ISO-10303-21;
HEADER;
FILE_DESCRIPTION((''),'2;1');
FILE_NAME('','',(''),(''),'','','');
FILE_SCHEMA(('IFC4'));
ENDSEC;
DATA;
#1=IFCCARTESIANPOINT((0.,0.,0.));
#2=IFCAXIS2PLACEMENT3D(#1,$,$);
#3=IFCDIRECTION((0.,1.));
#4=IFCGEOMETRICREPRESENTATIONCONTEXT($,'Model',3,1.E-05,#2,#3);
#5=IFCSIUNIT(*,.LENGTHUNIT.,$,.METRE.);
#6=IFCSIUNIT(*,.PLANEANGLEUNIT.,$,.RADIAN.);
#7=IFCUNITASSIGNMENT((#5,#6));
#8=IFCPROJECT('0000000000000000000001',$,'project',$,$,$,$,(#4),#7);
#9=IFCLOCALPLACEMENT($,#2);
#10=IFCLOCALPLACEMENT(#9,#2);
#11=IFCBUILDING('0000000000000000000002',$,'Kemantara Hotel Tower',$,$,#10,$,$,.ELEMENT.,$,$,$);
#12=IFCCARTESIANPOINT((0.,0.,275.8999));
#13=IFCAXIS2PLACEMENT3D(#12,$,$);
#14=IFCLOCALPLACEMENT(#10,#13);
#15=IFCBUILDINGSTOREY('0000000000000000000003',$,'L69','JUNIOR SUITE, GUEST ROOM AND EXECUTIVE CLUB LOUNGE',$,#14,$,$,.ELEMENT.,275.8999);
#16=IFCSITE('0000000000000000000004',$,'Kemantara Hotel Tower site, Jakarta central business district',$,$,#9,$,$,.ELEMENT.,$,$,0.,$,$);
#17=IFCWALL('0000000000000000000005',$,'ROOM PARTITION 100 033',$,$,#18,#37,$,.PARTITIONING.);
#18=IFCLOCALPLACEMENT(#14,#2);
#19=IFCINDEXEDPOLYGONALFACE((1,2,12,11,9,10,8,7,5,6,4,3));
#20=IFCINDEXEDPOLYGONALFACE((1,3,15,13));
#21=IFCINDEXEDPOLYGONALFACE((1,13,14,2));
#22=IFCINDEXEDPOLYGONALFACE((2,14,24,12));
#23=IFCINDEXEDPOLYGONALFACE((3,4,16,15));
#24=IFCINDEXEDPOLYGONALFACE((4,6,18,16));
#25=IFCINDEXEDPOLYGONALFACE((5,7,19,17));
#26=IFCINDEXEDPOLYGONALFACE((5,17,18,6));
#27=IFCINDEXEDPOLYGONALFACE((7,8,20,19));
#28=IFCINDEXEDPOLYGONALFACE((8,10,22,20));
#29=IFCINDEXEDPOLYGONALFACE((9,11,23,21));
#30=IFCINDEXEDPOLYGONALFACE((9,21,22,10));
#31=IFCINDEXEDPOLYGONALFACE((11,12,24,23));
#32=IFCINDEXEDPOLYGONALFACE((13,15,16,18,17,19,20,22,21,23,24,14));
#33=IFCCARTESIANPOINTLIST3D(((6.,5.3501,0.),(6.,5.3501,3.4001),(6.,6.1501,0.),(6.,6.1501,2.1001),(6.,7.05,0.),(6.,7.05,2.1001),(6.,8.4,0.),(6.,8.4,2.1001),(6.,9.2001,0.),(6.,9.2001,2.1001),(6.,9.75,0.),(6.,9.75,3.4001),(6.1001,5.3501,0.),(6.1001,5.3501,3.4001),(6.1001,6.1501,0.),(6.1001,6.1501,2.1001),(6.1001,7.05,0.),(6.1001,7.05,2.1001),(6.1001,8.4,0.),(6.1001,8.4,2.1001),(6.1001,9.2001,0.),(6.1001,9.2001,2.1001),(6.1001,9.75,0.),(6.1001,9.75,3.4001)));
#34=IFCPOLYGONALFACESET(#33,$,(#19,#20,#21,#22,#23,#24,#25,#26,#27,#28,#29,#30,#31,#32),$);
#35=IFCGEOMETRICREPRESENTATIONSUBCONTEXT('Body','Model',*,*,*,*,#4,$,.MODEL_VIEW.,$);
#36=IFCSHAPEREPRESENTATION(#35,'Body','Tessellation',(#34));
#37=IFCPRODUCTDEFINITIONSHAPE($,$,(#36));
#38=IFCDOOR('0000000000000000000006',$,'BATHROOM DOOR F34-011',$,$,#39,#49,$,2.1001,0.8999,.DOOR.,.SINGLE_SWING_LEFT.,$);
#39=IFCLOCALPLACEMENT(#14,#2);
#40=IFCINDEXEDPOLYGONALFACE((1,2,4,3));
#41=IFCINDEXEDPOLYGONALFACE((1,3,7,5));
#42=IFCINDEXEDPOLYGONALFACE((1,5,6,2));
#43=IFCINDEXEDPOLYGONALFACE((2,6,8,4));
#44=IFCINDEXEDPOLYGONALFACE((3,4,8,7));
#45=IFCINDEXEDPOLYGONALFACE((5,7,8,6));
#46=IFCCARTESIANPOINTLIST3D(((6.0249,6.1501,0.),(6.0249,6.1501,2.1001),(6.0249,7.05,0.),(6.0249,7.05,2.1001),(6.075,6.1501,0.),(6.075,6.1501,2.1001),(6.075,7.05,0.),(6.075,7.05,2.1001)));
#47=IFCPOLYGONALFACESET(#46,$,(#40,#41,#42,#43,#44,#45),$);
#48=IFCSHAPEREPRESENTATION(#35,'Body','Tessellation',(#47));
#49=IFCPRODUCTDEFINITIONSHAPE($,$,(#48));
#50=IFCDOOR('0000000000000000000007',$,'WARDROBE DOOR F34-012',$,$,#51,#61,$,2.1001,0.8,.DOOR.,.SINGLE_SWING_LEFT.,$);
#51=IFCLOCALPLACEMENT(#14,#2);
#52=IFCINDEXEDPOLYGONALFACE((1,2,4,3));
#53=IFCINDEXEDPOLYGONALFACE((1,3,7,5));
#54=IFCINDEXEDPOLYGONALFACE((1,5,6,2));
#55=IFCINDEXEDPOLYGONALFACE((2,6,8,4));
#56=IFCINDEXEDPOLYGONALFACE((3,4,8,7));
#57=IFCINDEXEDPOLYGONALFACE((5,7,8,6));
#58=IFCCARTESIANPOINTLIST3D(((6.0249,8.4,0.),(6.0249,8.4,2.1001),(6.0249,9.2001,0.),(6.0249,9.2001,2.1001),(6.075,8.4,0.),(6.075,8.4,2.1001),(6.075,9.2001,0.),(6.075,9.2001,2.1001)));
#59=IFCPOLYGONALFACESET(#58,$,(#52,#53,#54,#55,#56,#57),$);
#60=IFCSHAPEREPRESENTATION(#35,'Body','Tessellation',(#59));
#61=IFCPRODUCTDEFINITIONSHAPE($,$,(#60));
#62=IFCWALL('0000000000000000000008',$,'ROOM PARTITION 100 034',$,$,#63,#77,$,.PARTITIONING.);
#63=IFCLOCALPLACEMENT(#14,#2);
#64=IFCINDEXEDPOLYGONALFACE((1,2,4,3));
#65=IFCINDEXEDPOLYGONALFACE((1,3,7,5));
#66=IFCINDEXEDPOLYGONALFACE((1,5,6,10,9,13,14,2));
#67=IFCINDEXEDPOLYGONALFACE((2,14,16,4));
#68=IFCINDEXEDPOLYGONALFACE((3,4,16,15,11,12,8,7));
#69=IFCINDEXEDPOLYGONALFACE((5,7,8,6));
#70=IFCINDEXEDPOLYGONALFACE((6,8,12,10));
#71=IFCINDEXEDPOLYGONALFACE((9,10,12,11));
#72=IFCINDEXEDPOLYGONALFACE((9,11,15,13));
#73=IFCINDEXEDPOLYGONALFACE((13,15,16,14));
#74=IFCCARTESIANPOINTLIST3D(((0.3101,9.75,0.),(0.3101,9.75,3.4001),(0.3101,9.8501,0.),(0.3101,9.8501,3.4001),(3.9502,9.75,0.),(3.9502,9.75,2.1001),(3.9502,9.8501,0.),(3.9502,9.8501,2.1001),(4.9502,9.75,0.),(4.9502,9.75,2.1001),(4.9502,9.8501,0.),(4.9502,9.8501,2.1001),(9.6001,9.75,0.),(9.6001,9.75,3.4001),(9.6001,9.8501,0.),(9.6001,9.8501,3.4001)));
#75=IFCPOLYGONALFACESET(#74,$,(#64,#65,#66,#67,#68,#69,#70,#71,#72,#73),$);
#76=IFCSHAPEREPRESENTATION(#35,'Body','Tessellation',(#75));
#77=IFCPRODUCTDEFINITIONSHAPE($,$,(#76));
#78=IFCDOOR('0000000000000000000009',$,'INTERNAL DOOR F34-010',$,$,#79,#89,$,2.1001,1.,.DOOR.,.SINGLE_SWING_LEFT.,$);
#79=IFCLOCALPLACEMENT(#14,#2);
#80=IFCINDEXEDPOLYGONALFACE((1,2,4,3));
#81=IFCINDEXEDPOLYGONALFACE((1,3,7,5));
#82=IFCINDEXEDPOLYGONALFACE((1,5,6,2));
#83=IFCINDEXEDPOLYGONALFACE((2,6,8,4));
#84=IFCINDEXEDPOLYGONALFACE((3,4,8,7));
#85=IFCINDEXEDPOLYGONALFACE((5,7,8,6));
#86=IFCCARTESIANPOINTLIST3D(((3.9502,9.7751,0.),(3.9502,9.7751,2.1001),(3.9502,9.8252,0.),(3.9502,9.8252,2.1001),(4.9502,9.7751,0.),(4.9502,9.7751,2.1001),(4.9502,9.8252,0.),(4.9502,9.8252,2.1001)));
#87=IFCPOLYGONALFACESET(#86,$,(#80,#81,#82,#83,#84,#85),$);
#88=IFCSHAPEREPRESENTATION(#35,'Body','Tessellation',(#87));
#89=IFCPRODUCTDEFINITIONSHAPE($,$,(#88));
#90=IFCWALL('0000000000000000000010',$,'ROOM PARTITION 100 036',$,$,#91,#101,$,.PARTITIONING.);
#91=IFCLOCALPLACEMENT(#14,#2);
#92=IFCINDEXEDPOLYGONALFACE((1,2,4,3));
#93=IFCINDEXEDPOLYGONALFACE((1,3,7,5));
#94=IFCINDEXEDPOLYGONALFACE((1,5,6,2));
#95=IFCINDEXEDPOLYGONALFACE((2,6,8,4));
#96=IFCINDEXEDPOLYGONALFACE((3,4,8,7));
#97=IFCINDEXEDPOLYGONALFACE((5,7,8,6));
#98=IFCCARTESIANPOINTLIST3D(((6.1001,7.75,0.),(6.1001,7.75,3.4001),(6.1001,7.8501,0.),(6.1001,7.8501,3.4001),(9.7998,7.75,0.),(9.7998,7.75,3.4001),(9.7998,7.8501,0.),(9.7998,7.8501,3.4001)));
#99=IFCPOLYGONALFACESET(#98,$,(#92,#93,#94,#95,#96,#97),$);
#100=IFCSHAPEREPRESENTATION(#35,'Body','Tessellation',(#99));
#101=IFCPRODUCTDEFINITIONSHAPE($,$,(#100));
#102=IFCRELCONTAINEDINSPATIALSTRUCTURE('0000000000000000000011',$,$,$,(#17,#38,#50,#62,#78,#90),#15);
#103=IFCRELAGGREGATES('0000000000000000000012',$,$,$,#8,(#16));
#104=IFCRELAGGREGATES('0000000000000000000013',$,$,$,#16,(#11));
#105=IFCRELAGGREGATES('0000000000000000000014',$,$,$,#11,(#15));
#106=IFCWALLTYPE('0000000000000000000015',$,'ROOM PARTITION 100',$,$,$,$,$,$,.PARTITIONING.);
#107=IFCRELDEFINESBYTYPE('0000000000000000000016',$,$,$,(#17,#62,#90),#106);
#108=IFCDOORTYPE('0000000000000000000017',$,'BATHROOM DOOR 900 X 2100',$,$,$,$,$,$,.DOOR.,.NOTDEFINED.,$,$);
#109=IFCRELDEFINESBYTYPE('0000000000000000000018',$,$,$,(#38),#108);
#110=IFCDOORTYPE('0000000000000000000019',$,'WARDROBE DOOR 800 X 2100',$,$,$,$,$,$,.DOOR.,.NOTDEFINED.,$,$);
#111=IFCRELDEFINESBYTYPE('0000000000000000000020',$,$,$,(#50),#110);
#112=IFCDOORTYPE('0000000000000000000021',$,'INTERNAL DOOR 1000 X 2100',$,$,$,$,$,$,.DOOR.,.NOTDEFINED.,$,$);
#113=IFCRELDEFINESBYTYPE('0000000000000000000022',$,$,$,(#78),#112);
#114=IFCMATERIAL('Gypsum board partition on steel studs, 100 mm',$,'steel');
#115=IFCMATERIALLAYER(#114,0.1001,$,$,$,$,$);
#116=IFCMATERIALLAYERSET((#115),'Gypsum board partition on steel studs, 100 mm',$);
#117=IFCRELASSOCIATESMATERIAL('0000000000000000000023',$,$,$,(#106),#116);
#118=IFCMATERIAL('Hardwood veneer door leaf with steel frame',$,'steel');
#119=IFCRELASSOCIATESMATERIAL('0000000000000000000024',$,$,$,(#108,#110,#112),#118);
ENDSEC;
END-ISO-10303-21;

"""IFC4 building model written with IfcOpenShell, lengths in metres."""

from ifc_helpers import new_model, si_unit, direction, frame, frame_2d, origin, place, context, subcontext, project, spatial, rectangle, extrude, material, layer, layer_set, type_object, element, fill, save


model = new_model("IFC4")

# Units and contexts
model_context = context("Model", 3, precision=1e-05, world=origin(), true_north=direction((0.0, 1.0)))
body_context = subcontext(model_context, "Body", "Model", "MODEL_VIEW")
ifc_project = project(units=[si_unit("LENGTHUNIT", "METRE"), si_unit("PLANEANGLEUNIT", "RADIAN")], contexts=[model_context])

# Site, building, storey
site_placement = place(None, origin())
site = spatial("IfcSite", under=ifc_project, at=site_placement, Name="Kemantara Hotel Tower site, Jakarta central business district", CompositionType="ELEMENT", RefElevation=0.0)
building_placement = place(site_placement, origin())
building = spatial("IfcBuilding", under=site, at=building_placement, Name="Kemantara Hotel Tower", CompositionType="ELEMENT")
storey_placement = place(building_placement, frame((0.0, 0.0, 275.8999)))
storey = spatial("IfcBuildingStorey", under=building, at=storey_placement, Name="L69", Description="JUNIOR SUITE, GUEST ROOM AND EXECUTIVE CLUB LOUNGE", CompositionType="ELEMENT", Elevation=275.8999)

# Wall, openings, doors
ifc_material_1 = material(Name="Hardwood veneer door leaf with steel frame", Category="steel")
ifc_material_2 = material(Name="Gypsum board partition on steel studs, 100 mm", Category="steel")
ifc_layer_1 = layer(ifc_material_2, 0.1001)
ifc_layer_set_1 = layer_set([ifc_layer_1], Name="Gypsum board partition on steel studs, 100 mm")
wall_type_1 = type_object("IfcWallType", Name="ROOM PARTITION 100", PredefinedType="PARTITIONING", material=ifc_layer_set_1)
wall_1_placement = place(storey_placement, frame((6.05, 9.75, 0.0), z_axis=(0.0, 0.0, 1.0), x_axis=(0.0, -1.0, 0.0)))
wall_1 = element("IfcWall", 1, at=wall_1_placement, inside=storey, type_object=wall_type_1, Name="ROOM PARTITION 100 033", PredefinedType="PARTITIONING", context=body_context, shape_type="SweptSolid", body=[
    extrude(rectangle(XDim=4.3999, YDim=0.1001, at=frame_2d((2.2, 0.0))), origin(), (0.0, 0.0, 1.0), 3.4001),
])
opening_1_placement = place(wall_1_placement, frame((2.7, 0.0, 0.0)))
opening_1 = element("IfcOpeningElement", 2, at=opening_1_placement, cuts=wall_1, PredefinedType="OPENING", context=body_context, shape_type="SweptSolid", body=[
    extrude(rectangle(XDim=0.8999, YDim=2.1001, at=frame_2d((0.45, 1.05))), frame((0.0, 0.0601, 0.0), z_axis=(0.0, -1.0, 0.0), x_axis=(1.0, 0.0, 0.0)), (0.0, 0.0, 1.0), 0.1201),
])
opening_2_placement = place(wall_1_placement, frame((0.55, 0.0, 0.0)))
opening_2 = element("IfcOpeningElement", 3, at=opening_2_placement, cuts=wall_1, PredefinedType="OPENING", context=body_context, shape_type="SweptSolid", body=[
    extrude(rectangle(XDim=0.8, YDim=2.1001, at=frame_2d((0.3999, 1.05))), frame((0.0, 0.0601, 0.0), z_axis=(0.0, -1.0, 0.0), x_axis=(1.0, 0.0, 0.0)), (0.0, 0.0, 1.0), 0.1201),
])
door_type_1 = type_object("IfcDoorType", Name="BATHROOM DOOR 900 X 2100", OperationType="NOTDEFINED", PredefinedType="DOOR", material=ifc_material_1)
door_1_placement = place(opening_1_placement, origin())
door_1 = element("IfcDoor", 4, at=door_1_placement, inside=storey, type_object=door_type_1, Name="BATHROOM DOOR F34-011", OperationType="SINGLE_SWING_LEFT", OverallHeight=2.1001, OverallWidth=0.8999, PredefinedType="DOOR", context=body_context, shape_type="SweptSolid", body=[
    extrude(rectangle(XDim=0.8999, YDim=2.1001, at=frame_2d((0.45, 1.05))), frame((0.0, 0.0249, 0.0), z_axis=(0.0, -1.0, 0.0), x_axis=(1.0, 0.0, 0.0)), (0.0, 0.0, 1.0), 0.05),
])
fill(opening_1, door_1)
door_type_2 = type_object("IfcDoorType", Name="WARDROBE DOOR 800 X 2100", OperationType="NOTDEFINED", PredefinedType="DOOR", material=ifc_material_1)
door_2_placement = place(opening_2_placement, origin())
door_2 = element("IfcDoor", 5, at=door_2_placement, inside=storey, type_object=door_type_2, Name="WARDROBE DOOR F34-012", OperationType="SINGLE_SWING_LEFT", OverallHeight=2.1001, OverallWidth=0.8, PredefinedType="DOOR", context=body_context, shape_type="SweptSolid", body=[
    extrude(rectangle(XDim=0.8, YDim=2.1001, at=frame_2d((0.3999, 1.05))), frame((0.0, 0.0249, 0.0), z_axis=(0.0, -1.0, 0.0), x_axis=(1.0, 0.0, 0.0)), (0.0, 0.0, 1.0), 0.05),
])
fill(opening_2, door_2)

# Wall, opening, door
wall_2_placement = place(storey_placement, frame((9.6001, 9.8, 0.0), z_axis=(0.0, 0.0, 1.0), x_axis=(-1.0, 0.0, 0.0)))
wall_2 = element("IfcWall", 6, at=wall_2_placement, inside=storey, type_object=wall_type_1, Name="ROOM PARTITION 100 034", PredefinedType="PARTITIONING", context=body_context, shape_type="SweptSolid", body=[
    extrude(rectangle(XDim=9.29, YDim=0.1001, at=frame_2d((4.645, 0.0))), origin(), (0.0, 0.0, 1.0), 3.4001),
])
opening_3_placement = place(wall_2_placement, frame((4.6499, 0.0, 0.0)))
opening_3 = element("IfcOpeningElement", 7, at=opening_3_placement, cuts=wall_2, PredefinedType="OPENING", context=body_context, shape_type="SweptSolid", body=[
    extrude(rectangle(XDim=1.0, YDim=2.1001, at=frame_2d((0.5, 1.05))), frame((0.0, 0.0601, 0.0), z_axis=(0.0, -1.0, 0.0), x_axis=(1.0, 0.0, 0.0)), (0.0, 0.0, 1.0), 0.1201),
])
door_type_3 = type_object("IfcDoorType", Name="INTERNAL DOOR 1000 X 2100", OperationType="NOTDEFINED", PredefinedType="DOOR", material=ifc_material_1)
door_3_placement = place(opening_3_placement, origin())
door_3 = element("IfcDoor", 8, at=door_3_placement, inside=storey, type_object=door_type_3, Name="INTERNAL DOOR F34-010", OperationType="SINGLE_SWING_LEFT", OverallHeight=2.1001, OverallWidth=1.0, PredefinedType="DOOR", context=body_context, shape_type="SweptSolid", body=[
    extrude(rectangle(XDim=1.0, YDim=2.1001, at=frame_2d((0.5, 1.05))), frame((0.0, 0.0249, 0.0), z_axis=(0.0, -1.0, 0.0), x_axis=(1.0, 0.0, 0.0)), (0.0, 0.0, 1.0), 0.05),
])
fill(opening_3, door_3)

# Wall
wall_3_placement = place(storey_placement, frame((6.1001, 7.8, 0.0), z_axis=(0.0, 0.0, 1.0), x_axis=(1.0, 0.0, 0.0)))
element("IfcWall", 9, at=wall_3_placement, inside=storey, type_object=wall_type_1, Name="ROOM PARTITION 100 036", PredefinedType="PARTITIONING", context=body_context, shape_type="SweptSolid", body=[
    extrude(rectangle(XDim=3.6997, YDim=0.1001, at=frame_2d((1.8499, 0.0))), origin(), (0.0, 0.0, 1.0), 3.4001),
])

save(model, "model.ifc")
